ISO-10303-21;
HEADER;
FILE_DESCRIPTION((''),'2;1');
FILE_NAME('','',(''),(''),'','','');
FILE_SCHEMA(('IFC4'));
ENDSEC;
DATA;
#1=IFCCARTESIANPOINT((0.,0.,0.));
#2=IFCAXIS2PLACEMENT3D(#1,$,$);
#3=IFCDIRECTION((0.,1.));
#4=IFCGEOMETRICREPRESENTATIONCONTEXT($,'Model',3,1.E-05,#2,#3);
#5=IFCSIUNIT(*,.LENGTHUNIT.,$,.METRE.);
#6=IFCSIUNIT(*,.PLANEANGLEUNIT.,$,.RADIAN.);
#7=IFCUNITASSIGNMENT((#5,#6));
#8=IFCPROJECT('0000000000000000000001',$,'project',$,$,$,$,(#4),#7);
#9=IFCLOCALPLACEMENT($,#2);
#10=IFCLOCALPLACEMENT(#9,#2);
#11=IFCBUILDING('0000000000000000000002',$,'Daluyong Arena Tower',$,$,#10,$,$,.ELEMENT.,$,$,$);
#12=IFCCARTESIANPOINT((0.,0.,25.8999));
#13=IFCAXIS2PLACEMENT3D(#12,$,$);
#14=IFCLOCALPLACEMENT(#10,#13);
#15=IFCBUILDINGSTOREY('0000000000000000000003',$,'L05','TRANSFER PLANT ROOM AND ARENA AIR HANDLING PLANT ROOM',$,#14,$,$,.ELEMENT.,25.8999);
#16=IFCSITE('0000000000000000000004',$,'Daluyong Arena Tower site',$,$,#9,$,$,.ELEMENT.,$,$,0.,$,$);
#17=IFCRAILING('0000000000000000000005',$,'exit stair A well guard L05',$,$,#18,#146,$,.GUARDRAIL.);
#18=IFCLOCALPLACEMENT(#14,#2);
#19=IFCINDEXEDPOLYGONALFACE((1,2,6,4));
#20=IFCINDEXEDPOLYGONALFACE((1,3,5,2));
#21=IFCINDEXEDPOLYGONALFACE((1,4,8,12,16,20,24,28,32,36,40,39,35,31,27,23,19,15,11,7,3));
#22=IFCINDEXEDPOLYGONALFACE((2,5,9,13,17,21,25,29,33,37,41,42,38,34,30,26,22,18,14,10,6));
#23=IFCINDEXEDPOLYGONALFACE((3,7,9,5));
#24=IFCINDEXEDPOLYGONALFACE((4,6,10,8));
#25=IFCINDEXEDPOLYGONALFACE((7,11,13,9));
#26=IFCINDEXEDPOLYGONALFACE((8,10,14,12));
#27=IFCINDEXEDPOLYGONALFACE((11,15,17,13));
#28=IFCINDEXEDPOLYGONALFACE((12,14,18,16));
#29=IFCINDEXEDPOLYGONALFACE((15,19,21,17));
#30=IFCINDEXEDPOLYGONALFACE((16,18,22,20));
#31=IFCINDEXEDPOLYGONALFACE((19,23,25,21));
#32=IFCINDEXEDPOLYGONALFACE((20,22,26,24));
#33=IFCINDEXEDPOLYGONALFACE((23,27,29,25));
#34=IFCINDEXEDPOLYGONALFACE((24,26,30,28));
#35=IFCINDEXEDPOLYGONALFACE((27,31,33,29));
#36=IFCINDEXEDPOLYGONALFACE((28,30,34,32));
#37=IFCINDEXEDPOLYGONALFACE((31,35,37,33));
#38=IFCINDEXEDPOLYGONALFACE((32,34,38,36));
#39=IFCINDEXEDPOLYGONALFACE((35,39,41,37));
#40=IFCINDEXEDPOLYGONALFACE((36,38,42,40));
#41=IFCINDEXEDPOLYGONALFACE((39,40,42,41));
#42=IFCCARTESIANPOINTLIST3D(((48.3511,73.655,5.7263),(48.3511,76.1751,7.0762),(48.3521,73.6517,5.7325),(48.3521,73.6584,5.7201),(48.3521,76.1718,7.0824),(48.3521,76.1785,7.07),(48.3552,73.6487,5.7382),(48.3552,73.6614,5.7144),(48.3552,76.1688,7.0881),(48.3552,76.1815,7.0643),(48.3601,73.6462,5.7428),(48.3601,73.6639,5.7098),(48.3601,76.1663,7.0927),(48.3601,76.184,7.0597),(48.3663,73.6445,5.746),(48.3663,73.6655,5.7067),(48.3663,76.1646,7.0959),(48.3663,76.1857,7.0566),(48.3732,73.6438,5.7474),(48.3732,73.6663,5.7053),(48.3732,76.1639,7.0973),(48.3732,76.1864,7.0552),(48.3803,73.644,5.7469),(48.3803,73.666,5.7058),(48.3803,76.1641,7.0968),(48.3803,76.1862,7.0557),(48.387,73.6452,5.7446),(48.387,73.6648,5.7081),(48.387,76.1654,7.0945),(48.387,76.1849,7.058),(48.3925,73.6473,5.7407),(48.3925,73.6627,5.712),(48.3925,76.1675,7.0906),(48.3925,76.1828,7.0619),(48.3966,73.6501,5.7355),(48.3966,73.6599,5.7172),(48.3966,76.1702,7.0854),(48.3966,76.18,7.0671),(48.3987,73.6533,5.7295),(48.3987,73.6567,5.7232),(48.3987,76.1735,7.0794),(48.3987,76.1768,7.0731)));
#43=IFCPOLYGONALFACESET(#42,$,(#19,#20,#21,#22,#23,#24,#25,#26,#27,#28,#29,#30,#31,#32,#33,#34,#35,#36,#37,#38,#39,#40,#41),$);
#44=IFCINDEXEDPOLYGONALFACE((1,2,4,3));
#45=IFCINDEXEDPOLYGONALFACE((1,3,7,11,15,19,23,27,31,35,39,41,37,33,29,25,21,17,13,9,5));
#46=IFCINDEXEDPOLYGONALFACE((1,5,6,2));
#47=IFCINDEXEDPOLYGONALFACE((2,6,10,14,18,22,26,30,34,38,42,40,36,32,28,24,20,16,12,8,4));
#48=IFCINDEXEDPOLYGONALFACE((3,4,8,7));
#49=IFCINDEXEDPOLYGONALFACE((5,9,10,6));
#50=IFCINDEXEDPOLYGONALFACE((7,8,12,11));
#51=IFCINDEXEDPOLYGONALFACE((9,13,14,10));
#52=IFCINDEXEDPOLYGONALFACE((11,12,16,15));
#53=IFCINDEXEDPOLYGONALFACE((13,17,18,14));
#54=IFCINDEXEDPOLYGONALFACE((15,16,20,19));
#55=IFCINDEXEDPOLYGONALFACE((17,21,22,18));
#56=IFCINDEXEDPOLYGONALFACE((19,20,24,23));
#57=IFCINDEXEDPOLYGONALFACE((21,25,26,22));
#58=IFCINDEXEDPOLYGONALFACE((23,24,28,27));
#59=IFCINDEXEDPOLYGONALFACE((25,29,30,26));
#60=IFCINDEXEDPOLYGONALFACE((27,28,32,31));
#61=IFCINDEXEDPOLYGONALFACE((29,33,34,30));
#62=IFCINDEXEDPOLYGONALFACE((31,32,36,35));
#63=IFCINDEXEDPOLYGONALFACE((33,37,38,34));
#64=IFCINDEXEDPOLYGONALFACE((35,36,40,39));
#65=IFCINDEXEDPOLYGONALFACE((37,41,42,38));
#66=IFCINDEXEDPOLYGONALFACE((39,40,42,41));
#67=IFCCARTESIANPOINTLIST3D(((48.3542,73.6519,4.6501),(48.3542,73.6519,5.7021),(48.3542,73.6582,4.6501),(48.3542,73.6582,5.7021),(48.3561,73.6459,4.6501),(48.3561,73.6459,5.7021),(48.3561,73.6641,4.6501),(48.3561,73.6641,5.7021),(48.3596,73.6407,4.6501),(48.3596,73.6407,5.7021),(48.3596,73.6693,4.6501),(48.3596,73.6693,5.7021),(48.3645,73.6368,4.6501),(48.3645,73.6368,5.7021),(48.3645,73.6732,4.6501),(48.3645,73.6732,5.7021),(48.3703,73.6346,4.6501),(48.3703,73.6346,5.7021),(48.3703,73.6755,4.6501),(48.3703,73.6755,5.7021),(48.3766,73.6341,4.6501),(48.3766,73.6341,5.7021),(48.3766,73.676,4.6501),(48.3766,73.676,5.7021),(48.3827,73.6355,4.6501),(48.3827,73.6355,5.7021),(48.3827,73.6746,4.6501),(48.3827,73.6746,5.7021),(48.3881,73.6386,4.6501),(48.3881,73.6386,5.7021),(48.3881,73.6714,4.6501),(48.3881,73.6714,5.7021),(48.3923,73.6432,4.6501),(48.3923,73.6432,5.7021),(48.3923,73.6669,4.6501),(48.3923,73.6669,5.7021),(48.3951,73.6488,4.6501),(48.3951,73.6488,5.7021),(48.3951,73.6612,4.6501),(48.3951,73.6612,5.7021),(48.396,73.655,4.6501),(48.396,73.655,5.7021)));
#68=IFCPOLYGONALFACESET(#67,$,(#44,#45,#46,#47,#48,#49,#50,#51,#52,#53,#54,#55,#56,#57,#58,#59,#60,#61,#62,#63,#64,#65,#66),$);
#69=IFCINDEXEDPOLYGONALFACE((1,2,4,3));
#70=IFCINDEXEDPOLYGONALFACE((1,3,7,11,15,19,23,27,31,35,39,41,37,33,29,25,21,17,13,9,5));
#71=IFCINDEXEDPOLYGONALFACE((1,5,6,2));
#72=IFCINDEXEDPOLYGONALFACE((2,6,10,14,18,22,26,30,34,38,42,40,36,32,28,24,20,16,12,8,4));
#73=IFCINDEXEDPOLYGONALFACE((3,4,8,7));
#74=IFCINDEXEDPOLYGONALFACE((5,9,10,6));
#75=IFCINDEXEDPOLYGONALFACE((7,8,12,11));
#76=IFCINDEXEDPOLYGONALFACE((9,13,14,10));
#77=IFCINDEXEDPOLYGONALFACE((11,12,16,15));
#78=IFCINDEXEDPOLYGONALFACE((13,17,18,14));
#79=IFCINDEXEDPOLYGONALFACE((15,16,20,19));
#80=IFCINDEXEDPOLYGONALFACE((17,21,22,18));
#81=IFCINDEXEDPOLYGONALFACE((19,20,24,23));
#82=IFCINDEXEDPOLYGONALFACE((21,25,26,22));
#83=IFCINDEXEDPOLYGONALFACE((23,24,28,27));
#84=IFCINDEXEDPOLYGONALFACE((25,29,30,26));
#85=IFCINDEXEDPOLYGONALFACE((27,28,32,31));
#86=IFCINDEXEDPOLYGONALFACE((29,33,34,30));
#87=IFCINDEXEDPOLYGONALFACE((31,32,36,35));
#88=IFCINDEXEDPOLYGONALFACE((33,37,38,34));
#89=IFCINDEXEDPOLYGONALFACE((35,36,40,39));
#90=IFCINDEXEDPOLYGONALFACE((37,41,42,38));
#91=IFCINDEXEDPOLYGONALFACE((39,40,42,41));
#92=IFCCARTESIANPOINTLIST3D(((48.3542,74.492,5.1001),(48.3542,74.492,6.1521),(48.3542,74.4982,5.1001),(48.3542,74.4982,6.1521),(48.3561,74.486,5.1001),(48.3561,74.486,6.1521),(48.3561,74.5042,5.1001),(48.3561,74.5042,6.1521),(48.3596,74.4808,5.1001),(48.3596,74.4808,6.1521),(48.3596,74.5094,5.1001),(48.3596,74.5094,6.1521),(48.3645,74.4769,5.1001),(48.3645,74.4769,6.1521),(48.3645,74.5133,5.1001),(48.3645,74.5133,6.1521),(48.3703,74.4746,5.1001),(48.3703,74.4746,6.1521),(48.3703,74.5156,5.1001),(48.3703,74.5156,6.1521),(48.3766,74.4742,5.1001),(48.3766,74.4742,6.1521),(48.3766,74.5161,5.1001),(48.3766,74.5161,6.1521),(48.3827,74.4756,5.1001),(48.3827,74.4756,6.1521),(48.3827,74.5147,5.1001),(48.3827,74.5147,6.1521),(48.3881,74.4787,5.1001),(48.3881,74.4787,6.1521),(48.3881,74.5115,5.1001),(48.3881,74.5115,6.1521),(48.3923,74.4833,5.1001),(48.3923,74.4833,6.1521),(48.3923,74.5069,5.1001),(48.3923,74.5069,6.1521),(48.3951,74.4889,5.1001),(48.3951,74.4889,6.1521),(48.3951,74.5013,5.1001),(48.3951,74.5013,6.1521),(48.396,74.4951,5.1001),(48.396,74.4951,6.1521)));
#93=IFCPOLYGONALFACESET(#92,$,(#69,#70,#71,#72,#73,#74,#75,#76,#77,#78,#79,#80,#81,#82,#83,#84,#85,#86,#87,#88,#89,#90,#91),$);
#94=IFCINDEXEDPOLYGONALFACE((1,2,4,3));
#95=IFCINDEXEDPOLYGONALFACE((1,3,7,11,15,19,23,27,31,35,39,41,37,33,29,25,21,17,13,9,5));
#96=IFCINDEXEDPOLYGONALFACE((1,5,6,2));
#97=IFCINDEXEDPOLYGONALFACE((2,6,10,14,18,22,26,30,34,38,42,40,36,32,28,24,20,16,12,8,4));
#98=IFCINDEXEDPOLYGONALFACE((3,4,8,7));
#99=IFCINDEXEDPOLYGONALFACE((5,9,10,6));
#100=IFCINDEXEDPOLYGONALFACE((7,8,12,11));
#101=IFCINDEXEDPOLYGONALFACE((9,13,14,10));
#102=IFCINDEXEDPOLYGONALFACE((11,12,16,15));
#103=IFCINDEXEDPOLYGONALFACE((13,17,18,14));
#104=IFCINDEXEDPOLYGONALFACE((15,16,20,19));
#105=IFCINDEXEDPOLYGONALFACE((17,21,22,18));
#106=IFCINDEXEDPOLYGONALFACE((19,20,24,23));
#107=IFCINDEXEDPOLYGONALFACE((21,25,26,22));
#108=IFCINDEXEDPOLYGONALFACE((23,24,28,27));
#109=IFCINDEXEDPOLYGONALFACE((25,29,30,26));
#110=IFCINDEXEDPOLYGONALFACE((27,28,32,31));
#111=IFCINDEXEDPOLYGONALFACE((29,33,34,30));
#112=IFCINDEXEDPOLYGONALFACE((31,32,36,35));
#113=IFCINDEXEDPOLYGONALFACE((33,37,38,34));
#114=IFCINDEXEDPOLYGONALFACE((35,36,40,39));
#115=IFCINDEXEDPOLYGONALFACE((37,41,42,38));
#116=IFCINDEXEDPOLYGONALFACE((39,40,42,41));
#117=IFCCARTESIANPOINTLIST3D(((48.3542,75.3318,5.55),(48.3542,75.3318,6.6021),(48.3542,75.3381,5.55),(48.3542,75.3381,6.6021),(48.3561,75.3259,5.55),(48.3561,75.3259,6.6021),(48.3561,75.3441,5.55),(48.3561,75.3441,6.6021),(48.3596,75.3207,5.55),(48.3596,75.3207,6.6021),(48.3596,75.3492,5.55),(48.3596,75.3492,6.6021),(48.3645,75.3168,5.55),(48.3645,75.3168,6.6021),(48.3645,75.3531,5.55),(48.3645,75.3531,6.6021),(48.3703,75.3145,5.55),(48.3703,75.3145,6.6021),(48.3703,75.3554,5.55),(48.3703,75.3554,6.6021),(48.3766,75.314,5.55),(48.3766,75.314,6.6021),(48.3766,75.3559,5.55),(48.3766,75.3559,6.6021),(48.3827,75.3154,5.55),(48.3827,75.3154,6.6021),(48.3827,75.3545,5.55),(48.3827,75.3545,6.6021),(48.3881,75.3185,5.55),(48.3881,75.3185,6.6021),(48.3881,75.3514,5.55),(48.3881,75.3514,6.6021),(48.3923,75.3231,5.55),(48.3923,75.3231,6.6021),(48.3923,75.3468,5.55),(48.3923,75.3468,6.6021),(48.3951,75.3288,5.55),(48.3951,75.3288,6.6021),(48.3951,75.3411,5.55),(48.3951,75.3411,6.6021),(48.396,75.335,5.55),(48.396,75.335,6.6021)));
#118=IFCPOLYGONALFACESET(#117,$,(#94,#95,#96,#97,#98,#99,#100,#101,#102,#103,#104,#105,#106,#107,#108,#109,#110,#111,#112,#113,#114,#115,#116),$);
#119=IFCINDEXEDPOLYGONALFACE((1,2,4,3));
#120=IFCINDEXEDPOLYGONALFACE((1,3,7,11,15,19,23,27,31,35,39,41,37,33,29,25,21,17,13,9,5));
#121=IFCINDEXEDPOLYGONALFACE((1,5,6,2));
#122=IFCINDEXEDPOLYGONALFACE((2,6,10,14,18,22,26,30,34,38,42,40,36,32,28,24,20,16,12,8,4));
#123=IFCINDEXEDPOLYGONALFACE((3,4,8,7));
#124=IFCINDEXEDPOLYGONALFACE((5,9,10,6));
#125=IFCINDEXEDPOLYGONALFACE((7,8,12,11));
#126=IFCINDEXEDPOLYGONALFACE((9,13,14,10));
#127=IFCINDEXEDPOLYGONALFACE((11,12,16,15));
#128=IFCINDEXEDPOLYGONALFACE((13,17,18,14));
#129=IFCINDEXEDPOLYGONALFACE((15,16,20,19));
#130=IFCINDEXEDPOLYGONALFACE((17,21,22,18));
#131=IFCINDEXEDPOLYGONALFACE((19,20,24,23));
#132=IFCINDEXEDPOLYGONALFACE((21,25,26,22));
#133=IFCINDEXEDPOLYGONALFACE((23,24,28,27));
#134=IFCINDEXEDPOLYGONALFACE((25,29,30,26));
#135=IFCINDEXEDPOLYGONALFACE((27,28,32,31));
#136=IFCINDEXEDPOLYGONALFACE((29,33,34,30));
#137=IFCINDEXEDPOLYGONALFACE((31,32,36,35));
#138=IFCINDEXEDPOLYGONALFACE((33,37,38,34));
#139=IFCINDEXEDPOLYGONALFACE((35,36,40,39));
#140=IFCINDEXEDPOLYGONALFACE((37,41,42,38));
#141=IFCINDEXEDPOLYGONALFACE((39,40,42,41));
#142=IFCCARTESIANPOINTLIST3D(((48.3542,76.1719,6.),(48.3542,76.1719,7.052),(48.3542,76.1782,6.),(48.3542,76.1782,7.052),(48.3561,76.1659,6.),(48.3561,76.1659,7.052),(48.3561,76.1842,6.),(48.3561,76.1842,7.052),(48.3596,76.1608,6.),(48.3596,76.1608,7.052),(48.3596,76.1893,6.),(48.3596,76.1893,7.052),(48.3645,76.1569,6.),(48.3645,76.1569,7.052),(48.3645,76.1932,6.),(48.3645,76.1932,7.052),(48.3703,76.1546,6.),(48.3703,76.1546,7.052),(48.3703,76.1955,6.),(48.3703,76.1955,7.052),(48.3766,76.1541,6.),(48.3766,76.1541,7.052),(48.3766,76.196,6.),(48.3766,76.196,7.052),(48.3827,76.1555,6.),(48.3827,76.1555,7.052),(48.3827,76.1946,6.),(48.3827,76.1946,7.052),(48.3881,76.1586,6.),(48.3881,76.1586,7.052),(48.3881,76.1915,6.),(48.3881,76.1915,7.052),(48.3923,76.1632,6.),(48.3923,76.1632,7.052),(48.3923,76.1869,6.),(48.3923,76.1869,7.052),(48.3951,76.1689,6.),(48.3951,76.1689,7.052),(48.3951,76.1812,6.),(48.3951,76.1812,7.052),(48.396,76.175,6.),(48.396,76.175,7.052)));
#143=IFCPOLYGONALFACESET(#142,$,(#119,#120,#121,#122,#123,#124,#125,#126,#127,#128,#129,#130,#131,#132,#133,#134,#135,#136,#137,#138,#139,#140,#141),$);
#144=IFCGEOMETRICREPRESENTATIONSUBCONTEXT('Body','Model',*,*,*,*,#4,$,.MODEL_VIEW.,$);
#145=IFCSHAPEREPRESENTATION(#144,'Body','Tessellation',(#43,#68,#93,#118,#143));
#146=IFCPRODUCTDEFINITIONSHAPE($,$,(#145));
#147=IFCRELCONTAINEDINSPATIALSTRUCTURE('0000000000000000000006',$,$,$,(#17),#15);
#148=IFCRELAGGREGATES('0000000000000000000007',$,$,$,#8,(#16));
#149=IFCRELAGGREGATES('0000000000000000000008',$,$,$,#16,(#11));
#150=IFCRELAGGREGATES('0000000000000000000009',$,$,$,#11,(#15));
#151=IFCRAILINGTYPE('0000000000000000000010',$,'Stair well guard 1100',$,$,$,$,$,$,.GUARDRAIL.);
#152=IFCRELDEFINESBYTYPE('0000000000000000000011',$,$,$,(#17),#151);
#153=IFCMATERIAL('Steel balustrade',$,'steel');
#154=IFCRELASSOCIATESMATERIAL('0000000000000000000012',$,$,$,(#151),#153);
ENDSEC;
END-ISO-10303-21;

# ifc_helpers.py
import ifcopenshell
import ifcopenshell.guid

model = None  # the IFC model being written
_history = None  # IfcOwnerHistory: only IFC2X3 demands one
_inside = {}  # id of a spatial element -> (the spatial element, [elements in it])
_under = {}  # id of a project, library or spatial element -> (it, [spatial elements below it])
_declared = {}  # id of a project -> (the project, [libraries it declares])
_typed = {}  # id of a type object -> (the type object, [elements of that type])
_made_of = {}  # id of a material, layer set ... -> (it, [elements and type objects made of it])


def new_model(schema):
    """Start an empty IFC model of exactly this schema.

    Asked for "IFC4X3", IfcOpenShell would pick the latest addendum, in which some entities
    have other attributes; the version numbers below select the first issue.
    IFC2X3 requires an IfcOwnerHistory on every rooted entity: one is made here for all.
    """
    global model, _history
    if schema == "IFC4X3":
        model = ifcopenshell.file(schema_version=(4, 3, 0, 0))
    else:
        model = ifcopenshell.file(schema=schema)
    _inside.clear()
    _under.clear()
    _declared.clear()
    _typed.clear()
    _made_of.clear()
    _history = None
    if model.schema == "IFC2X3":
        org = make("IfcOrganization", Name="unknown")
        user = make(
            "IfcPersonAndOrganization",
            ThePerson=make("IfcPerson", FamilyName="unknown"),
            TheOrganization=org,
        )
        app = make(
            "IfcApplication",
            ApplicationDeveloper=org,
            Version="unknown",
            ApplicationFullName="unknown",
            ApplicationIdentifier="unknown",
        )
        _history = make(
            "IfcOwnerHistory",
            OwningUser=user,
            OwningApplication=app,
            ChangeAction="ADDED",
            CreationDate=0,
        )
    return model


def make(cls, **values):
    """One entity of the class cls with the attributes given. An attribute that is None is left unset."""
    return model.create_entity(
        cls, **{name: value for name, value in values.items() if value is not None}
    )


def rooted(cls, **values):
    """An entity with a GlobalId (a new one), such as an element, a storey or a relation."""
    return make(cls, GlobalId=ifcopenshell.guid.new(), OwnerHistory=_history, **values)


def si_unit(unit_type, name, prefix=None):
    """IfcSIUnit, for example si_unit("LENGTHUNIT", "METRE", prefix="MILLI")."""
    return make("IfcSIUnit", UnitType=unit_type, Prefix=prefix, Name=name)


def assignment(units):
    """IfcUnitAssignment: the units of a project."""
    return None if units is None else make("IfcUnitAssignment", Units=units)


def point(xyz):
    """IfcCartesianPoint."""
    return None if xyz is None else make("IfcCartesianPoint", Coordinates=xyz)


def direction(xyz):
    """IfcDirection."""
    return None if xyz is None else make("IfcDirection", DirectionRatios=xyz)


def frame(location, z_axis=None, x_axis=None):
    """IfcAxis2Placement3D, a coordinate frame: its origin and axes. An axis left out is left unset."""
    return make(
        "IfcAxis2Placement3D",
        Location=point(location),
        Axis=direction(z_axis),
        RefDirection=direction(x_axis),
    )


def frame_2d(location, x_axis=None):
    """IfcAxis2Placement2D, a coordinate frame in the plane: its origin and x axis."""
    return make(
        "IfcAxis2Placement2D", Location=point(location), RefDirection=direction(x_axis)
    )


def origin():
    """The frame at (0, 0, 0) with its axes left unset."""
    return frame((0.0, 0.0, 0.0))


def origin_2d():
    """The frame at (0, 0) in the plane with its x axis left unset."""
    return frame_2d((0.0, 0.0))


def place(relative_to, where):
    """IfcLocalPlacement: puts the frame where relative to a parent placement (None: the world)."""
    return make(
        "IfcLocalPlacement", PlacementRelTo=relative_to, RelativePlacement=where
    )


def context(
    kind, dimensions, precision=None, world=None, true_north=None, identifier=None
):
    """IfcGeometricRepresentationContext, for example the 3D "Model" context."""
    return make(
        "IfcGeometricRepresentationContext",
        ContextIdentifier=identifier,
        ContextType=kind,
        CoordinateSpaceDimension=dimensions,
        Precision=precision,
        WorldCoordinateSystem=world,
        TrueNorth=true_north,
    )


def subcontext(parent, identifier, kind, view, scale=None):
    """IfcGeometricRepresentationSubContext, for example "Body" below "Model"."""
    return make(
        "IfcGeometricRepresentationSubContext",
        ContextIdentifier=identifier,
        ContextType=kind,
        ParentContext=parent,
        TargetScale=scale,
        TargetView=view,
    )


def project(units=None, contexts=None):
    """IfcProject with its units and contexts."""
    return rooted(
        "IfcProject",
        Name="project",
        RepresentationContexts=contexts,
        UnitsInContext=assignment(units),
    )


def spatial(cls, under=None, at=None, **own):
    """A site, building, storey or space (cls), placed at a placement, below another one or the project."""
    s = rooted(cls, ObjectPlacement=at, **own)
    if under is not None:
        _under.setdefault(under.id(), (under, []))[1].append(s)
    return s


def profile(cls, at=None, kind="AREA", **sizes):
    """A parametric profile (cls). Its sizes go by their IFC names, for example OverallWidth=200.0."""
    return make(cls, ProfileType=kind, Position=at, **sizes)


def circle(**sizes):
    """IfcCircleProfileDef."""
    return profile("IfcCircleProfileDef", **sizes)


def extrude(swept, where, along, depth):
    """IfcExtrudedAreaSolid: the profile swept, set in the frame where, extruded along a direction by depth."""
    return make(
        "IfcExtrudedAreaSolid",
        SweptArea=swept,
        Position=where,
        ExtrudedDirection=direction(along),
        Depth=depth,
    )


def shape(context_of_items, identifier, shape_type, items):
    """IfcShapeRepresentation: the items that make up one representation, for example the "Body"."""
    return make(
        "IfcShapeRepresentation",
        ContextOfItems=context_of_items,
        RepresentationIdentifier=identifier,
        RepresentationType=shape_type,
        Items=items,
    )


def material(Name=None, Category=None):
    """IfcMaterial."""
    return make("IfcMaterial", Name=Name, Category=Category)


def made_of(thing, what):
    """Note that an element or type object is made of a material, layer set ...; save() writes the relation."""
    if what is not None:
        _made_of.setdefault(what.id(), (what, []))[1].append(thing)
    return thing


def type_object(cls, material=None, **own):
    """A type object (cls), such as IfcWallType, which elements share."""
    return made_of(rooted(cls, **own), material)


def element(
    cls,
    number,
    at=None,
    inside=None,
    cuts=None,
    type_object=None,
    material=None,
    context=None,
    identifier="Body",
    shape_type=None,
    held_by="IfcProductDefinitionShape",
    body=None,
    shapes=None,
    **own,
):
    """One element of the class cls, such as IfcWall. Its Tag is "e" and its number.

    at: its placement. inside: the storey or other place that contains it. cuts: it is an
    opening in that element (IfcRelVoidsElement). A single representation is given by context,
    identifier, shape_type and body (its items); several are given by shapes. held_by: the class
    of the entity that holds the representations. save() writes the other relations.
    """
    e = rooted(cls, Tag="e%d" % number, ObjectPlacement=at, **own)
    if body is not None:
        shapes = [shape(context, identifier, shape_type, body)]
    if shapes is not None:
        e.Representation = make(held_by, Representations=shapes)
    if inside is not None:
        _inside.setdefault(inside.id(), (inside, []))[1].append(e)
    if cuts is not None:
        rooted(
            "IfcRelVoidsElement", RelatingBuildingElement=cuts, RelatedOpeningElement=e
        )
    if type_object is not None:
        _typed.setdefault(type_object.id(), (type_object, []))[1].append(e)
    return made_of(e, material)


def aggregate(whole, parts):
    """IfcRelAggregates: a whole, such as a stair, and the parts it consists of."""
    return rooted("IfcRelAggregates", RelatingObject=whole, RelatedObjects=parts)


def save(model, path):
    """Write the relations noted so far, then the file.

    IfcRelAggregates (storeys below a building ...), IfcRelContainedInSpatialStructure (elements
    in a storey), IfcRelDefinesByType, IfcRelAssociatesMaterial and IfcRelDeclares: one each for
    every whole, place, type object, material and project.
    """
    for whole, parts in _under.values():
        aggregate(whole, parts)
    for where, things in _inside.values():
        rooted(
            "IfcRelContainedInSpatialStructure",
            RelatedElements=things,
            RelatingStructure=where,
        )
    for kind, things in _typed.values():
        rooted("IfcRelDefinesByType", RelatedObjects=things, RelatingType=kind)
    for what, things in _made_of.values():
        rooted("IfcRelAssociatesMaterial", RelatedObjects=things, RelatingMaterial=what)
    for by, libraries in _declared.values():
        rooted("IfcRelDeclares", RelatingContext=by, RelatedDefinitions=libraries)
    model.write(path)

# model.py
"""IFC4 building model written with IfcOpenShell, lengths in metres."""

from ifc_helpers import new_model, si_unit, direction, frame, origin, origin_2d, place, context, subcontext, project, spatial, circle, extrude, material, type_object, element, save


model = new_model("IFC4")

# Units and contexts
model_context = context("Model", 3, precision=1e-05, world=origin(), true_north=direction((0.0, 1.0)))
body_context = subcontext(model_context, "Body", "Model", "MODEL_VIEW")
ifc_project = project(units=[si_unit("LENGTHUNIT", "METRE"), si_unit("PLANEANGLEUNIT", "RADIAN")], contexts=[model_context])

# Site, building, storey
site_placement = place(None, origin())
site = spatial("IfcSite", under=ifc_project, at=site_placement, Name="Daluyong Arena Tower site", CompositionType="ELEMENT", RefElevation=0.0)
building_placement = place(site_placement, origin())
building = spatial("IfcBuilding", under=site, at=building_placement, Name="Daluyong Arena Tower", CompositionType="ELEMENT")
storey_placement = place(building_placement, frame((0.0, 0.0, 25.8999)))
storey = spatial("IfcBuildingStorey", under=building, at=storey_placement, Name="L05", Description="TRANSFER PLANT ROOM AND ARENA AIR HANDLING PLANT ROOM", CompositionType="ELEMENT", Elevation=25.8999)

# Railing
ifc_material_1 = material(Name="Steel balustrade", Category="steel")
railing_type_1 = type_object("IfcRailingType", Name="Stair well guard 1100", PredefinedType="GUARDRAIL", material=ifc_material_1)
railing_1_placement = place(storey_placement, frame((48.375, 73.655, 4.6501)))
element("IfcRailing", 1, at=railing_1_placement, inside=storey, type_object=railing_type_1, Name="exit stair A well guard L05", PredefinedType="GUARDRAIL", context=body_context, shape_type="SweptSolid", body=[
    extrude(circle(Radius=0.0239, at=origin_2d()), frame((0.0, 0.0, 1.0762), z_axis=(0.0, 0.881503, 0.472179), x_axis=(-1.0, 0.0, 0.0)), (0.0, 0.0, 1.0), 2.8589),
    extrude(circle(Radius=0.021, at=origin_2d()), origin(), (0.0, 0.0, 1.0), 1.052),
    extrude(circle(Radius=0.021, at=origin_2d()), frame((0.0, 0.8401, 0.45)), (0.0, 0.0, 1.0), 1.052),
    extrude(circle(Radius=0.021, at=origin_2d()), frame((0.0, 1.6799, 0.8999)), (0.0, 0.0, 1.0), 1.052),
    extrude(circle(Radius=0.021, at=origin_2d()), frame((0.0, 2.52, 1.3499)), (0.0, 0.0, 1.0), 1.052),
])

save(model, "model.ifc")
